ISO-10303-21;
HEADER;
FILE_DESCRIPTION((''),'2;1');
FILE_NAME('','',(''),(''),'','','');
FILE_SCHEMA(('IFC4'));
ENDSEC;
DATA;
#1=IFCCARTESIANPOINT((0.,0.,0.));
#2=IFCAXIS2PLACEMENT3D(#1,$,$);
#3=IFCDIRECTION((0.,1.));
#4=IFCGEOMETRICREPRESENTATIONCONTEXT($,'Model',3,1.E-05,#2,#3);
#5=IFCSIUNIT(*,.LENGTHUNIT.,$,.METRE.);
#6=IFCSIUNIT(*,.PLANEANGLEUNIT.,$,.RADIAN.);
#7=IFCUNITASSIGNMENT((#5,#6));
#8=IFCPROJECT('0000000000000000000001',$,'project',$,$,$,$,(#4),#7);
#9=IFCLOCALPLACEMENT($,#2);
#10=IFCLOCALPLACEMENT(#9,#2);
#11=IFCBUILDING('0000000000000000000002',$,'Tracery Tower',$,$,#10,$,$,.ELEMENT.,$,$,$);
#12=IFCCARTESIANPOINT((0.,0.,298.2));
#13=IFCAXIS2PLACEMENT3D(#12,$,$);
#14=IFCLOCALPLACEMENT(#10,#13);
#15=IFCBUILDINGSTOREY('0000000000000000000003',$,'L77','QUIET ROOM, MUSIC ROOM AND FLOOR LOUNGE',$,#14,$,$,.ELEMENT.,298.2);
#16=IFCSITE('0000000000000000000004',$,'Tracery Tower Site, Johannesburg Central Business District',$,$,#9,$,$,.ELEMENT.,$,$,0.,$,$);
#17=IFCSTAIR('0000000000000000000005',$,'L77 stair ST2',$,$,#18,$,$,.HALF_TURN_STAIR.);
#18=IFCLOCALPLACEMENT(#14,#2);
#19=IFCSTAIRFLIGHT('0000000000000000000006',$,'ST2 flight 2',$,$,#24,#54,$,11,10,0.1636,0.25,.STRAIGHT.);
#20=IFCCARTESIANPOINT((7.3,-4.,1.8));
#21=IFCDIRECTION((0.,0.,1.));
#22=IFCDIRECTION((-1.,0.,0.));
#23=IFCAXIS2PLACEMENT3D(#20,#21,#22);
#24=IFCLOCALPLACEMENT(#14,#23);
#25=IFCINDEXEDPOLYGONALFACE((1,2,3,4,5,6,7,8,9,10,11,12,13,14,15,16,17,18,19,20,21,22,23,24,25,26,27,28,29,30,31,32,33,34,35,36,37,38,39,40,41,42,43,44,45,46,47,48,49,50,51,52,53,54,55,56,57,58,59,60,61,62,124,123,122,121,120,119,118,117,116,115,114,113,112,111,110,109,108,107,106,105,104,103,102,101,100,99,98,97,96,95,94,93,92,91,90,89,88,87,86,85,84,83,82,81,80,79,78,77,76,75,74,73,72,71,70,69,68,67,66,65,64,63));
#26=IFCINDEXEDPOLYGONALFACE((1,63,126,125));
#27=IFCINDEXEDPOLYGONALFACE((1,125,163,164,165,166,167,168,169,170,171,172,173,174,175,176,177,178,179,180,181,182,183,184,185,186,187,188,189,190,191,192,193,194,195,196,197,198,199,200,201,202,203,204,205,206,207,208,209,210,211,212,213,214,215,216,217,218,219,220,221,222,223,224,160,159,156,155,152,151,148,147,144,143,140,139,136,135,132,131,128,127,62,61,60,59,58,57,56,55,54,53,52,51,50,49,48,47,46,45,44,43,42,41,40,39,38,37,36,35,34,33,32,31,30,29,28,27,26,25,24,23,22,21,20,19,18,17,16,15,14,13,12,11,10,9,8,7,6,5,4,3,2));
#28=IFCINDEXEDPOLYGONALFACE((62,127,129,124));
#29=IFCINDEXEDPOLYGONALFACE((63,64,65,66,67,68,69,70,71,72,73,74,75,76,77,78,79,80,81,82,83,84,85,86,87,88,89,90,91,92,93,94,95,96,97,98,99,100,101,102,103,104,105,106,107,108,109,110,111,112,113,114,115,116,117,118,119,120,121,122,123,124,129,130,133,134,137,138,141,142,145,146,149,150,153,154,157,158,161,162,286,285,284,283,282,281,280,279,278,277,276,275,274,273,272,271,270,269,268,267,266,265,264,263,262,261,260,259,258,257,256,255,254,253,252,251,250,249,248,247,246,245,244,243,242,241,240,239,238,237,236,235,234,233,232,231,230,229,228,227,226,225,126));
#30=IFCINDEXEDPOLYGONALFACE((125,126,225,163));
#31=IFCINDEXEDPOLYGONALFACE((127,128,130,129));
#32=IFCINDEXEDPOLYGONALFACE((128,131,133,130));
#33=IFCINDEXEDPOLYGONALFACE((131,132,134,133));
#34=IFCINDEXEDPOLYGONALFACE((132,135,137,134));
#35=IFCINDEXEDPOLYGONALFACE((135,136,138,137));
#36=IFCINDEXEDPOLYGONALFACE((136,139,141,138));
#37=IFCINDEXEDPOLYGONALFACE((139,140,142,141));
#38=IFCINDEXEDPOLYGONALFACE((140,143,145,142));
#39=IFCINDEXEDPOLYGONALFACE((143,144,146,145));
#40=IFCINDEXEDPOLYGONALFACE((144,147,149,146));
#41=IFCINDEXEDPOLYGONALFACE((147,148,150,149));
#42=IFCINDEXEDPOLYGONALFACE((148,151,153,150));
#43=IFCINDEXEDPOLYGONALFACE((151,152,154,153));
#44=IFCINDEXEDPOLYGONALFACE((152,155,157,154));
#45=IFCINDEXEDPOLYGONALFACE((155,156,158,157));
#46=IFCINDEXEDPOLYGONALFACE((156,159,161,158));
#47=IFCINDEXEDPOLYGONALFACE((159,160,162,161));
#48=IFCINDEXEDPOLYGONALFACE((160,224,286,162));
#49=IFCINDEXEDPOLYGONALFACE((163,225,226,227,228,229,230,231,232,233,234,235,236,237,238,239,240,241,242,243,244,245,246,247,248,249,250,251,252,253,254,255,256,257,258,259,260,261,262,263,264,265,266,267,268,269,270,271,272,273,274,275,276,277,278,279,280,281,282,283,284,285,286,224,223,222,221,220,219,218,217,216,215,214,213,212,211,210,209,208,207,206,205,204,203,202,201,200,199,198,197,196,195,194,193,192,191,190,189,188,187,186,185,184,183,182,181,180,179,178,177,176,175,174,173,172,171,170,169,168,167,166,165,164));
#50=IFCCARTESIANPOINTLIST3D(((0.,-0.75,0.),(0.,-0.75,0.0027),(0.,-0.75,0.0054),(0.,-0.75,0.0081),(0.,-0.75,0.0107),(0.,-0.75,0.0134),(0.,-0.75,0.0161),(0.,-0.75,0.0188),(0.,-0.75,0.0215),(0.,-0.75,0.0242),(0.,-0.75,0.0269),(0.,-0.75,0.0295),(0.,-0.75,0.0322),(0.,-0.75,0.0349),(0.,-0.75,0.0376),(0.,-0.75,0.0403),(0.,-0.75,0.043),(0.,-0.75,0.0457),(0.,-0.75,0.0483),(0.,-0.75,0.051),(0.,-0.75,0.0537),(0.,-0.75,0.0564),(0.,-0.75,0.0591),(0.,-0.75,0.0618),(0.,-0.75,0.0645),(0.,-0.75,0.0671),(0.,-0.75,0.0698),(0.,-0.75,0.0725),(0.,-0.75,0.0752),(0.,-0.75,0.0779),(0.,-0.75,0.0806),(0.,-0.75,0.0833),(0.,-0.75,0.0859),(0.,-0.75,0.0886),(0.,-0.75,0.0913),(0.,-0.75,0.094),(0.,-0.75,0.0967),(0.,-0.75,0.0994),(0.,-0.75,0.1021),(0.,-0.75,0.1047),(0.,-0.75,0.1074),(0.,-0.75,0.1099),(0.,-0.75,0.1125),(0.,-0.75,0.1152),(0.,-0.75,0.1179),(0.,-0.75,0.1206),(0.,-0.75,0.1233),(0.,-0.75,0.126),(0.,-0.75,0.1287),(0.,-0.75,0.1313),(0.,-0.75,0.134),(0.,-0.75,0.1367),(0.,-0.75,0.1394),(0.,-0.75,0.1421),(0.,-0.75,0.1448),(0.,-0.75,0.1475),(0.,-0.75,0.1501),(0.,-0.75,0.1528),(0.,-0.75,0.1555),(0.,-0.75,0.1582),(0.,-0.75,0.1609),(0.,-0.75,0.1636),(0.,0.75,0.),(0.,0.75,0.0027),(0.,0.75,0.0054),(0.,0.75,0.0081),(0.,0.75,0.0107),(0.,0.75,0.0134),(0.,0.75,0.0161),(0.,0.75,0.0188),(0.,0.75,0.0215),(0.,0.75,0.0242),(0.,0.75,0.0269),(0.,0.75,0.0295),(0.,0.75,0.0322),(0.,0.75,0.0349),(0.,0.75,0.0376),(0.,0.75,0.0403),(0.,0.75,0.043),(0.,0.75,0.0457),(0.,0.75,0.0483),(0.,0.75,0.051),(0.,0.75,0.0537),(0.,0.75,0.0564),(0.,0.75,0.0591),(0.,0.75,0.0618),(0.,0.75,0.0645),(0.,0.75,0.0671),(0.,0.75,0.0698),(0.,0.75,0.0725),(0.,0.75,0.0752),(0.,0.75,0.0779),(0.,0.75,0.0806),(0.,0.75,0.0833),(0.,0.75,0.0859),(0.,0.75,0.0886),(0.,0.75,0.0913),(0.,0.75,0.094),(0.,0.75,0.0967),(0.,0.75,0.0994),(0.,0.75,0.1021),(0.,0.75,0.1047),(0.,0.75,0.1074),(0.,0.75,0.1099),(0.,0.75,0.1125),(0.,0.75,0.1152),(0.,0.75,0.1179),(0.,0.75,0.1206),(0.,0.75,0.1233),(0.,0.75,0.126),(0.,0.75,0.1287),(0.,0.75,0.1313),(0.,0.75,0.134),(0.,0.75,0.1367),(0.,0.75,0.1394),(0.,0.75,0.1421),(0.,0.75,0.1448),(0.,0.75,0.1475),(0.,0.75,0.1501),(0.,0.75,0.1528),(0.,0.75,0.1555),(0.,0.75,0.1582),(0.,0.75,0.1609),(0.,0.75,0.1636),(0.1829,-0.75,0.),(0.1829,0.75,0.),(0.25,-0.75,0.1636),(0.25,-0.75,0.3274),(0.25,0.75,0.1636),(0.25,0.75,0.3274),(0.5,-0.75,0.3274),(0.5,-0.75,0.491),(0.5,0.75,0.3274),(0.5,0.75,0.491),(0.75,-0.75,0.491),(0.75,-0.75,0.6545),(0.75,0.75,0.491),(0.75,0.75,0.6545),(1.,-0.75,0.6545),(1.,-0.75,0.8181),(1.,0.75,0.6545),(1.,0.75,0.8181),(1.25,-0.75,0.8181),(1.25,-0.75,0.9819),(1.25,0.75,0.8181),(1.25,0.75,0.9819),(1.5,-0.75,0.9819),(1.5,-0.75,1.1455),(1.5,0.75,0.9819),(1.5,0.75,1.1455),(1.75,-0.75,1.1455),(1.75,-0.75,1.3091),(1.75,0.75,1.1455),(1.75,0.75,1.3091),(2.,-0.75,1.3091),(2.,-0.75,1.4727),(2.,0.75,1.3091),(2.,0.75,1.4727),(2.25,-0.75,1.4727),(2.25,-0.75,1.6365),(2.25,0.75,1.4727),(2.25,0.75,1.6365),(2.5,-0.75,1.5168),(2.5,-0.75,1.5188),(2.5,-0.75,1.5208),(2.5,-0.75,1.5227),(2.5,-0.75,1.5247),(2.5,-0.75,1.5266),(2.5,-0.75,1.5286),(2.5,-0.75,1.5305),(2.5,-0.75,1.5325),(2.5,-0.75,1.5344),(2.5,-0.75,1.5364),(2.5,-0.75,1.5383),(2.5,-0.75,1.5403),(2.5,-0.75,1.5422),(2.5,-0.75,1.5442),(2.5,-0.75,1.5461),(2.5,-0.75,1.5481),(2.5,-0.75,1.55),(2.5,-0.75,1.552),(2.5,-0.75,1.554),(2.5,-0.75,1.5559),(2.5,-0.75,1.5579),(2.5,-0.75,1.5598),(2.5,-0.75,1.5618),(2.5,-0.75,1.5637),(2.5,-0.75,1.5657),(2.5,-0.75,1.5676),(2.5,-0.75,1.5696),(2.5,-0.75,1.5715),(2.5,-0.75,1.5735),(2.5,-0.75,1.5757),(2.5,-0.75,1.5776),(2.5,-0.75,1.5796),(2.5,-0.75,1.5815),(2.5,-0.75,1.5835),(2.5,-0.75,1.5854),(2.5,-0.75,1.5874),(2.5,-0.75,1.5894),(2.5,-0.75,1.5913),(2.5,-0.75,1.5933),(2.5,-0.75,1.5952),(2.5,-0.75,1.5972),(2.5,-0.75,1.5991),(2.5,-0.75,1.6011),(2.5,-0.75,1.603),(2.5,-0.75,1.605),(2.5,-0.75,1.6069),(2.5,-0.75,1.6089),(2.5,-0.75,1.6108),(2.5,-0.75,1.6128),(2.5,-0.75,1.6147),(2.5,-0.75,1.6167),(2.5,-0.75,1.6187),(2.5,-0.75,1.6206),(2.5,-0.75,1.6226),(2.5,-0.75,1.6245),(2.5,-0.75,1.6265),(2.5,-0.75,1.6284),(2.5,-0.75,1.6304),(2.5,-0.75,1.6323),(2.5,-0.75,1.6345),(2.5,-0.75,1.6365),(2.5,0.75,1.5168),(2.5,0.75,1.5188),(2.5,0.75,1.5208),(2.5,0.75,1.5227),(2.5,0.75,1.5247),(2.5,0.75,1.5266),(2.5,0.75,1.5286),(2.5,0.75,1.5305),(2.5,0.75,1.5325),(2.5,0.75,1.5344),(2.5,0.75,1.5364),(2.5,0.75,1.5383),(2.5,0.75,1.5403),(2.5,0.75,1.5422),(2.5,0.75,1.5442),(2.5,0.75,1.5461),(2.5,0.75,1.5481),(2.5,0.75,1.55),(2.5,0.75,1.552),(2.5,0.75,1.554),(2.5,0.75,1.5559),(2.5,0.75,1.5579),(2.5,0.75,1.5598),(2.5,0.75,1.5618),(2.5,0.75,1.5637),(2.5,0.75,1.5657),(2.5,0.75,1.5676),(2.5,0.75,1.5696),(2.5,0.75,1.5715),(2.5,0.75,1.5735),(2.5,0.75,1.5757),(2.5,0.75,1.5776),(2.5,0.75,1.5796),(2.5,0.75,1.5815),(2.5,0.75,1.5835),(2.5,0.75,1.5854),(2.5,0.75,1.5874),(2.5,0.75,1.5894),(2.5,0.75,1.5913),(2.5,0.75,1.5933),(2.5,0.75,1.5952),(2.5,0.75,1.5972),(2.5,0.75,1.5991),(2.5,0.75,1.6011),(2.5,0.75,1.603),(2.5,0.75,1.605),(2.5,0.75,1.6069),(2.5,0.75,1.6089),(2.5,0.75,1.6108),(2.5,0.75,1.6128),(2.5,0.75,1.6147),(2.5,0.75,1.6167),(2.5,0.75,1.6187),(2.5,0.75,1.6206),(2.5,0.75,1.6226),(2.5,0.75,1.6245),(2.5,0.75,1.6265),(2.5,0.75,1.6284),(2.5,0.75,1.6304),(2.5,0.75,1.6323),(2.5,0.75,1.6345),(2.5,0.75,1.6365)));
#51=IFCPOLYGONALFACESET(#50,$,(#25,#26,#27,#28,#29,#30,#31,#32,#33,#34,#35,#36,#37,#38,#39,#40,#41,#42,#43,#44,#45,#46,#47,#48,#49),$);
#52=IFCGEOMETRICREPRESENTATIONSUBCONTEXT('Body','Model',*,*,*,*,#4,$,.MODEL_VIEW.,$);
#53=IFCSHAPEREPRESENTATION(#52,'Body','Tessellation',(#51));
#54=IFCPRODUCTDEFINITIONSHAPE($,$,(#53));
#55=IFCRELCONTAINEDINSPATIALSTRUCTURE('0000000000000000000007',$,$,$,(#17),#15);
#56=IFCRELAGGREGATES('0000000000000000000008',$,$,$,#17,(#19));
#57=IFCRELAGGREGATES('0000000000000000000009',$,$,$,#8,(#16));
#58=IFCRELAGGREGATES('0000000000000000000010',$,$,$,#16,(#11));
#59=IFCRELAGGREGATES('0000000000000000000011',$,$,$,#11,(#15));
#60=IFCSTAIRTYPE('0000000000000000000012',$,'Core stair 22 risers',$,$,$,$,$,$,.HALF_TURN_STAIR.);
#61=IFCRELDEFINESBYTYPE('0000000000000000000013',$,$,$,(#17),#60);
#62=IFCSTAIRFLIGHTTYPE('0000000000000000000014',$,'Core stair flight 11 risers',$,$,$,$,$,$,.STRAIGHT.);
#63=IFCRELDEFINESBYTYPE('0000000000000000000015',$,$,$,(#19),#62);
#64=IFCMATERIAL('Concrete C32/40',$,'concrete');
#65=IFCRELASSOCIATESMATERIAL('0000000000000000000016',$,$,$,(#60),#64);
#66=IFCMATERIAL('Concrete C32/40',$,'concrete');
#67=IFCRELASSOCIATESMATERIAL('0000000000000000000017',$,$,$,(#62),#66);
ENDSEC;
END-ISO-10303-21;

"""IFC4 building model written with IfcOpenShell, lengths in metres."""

from ifc_helpers import new_model, si_unit, direction, frame, origin, place, context, subcontext, project, spatial, polyline, outline, extrude, material, type_object, element, aggregate, save


model = new_model("IFC4")

# Units and contexts
model_context = context("Model", 3, precision=1e-05, world=origin(), true_north=direction((0.0, 1.0)))
body_context = subcontext(model_context, "Body", "Model", "MODEL_VIEW")
ifc_project = project(units=[si_unit("LENGTHUNIT", "METRE"), si_unit("PLANEANGLEUNIT", "RADIAN")], contexts=[model_context])

# Site, building, storey
site_placement = place(None, origin())
site = spatial("IfcSite", under=ifc_project, at=site_placement, Name="Tracery Tower Site, Johannesburg Central Business District", CompositionType="ELEMENT", RefElevation=0.0)
building_placement = place(site_placement, origin())
building = spatial("IfcBuilding", under=site, at=building_placement, Name="Tracery Tower", CompositionType="ELEMENT")
storey_placement = place(building_placement, frame((0.0, 0.0, 298.2)))
storey = spatial("IfcBuildingStorey", under=building, at=storey_placement, Name="L77", Description="QUIET ROOM, MUSIC ROOM AND FLOOR LOUNGE", CompositionType="ELEMENT", Elevation=298.2)

# Stair, stair flight
ifc_material_1 = material(Name="Concrete C32/40", Category="concrete")
stair_type = type_object("IfcStairType", Name="Core stair 22 risers", PredefinedType="HALF_TURN_STAIR", material=ifc_material_1)
stair_placement = place(storey_placement, origin())
stair = element("IfcStair", 1, at=stair_placement, inside=storey, type_object=stair_type, Name="L77 stair ST2", PredefinedType="HALF_TURN_STAIR")
ifc_material_2 = material(Name="Concrete C32/40", Category="concrete")
stair_flight_type = type_object("IfcStairFlightType", Name="Core stair flight 11 risers", PredefinedType="STRAIGHT", material=ifc_material_2)
stair_flight_placement = place(storey_placement, frame((7.3, -4.0, 1.8), z_axis=(0.0, 0.0, 1.0), x_axis=(-1.0, 0.0, 0.0)))
stair_flight = element("IfcStairFlight", 2, at=stair_flight_placement, type_object=stair_flight_type, Name="ST2 flight 2", NumberOfRisers=11, NumberOfTreads=10, PredefinedType="STRAIGHT", RiserHeight=0.1636, TreadLength=0.25, context=body_context, shape_type="SweptSolid", body=[
    extrude(outline(polyline([(0.0, 0.0), (0.0, 0.0027), (0.0, 0.0054), (0.0, 0.0081), (0.0, 0.0107), (0.0, 0.0134), (0.0, 0.0161), (0.0, 0.0188), (0.0, 0.0215), (0.0, 0.0242), (0.0, 0.0269), (0.0, 0.0295), (0.0, 0.0322), (0.0, 0.0349), (0.0, 0.0376), (0.0, 0.0403), (0.0, 0.043), (0.0, 0.0457), (0.0, 0.0483), (0.0, 0.051), (0.0, 0.0537), (0.0, 0.0564), (0.0, 0.0591), (0.0, 0.0618), (0.0, 0.0645), (0.0, 0.0671), (0.0, 0.0698), (0.0, 0.0725), (0.0, 0.0752), (0.0, 0.0779), (0.0, 0.0806), (0.0, 0.0833), (0.0, 0.0859), (0.0, 0.0886), (0.0, 0.0913), (0.0, 0.094), (0.0, 0.0967), (0.0, 0.0994), (0.0, 0.1021), (0.0, 0.1047), (0.0, 0.1074), (0.0, 0.1099), (0.0, 0.1125), (0.0, 0.1152), (0.0, 0.1179), (0.0, 0.1206), (0.0, 0.1233), (0.0, 0.126), (0.0, 0.1287), (0.0, 0.1313), (0.0, 0.134), (0.0, 0.1367), (0.0, 0.1394), (0.0, 0.1421), (0.0, 0.1448), (0.0, 0.1475), (0.0, 0.1501), (0.0, 0.1528), (0.0, 0.1555), (0.0, 0.1582), (0.0, 0.1609), (0.0, 0.1636), (0.25, 0.1636), (0.25, 0.3274), (0.5, 0.3274), (0.5, 0.491), (0.75, 0.491), (0.75, 0.6545), (1.0, 0.6545), (1.0, 0.8181), (1.25, 0.8181), (1.25, 0.9819), (1.5, 0.9819), (1.5, 1.1455), (1.75, 1.1455), (1.75, 1.3091), (2.0, 1.3091), (2.0, 1.4727), (2.25, 1.4727), (2.25, 1.6365), (2.5, 1.6365), (2.5, 1.6345), (2.5, 1.6323), (2.5, 1.6304), (2.5, 1.6284), (2.5, 1.6265), (2.5, 1.6245), (2.5, 1.6226), (2.5, 1.6206), (2.5, 1.6187), (2.5, 1.6167), (2.5, 1.6147), (2.5, 1.6128), (2.5, 1.6108), (2.5, 1.6089), (2.5, 1.6069), (2.5, 1.605), (2.5, 1.603), (2.5, 1.6011), (2.5, 1.5991), (2.5, 1.5972), (2.5, 1.5952), (2.5, 1.5933), (2.5, 1.5913), (2.5, 1.5894), (2.5, 1.5874), (2.5, 1.5854), (2.5, 1.5835), (2.5, 1.5815), (2.5, 1.5796), (2.5, 1.5776), (2.5, 1.5757), (2.5, 1.5735), (2.5, 1.5715), (2.5, 1.5696), (2.5, 1.5676), (2.5, 1.5657), (2.5, 1.5637), (2.5, 1.5618), (2.5, 1.5598), (2.5, 1.5579), (2.5, 1.5559), (2.5, 1.554), (2.5, 1.552), (2.5, 1.55), (2.5, 1.5481), (2.5, 1.5461), (2.5, 1.5442), (2.5, 1.5422), (2.5, 1.5403), (2.5, 1.5383), (2.5, 1.5364), (2.5, 1.5344), (2.5, 1.5325), (2.5, 1.5305), (2.5, 1.5286), (2.5, 1.5266), (2.5, 1.5247), (2.5, 1.5227), (2.5, 1.5208), (2.5, 1.5188), (2.5, 1.5168), (0.1829, 0.0), (0.0, 0.0)])), frame((0.0, 0.75, 0.0), z_axis=(0.0, -1.0, 0.0), x_axis=(1.0, 0.0, 0.0)), (0.0, 0.0, 1.0), 1.5),
])
aggregate(stair, [stair_flight])

save(model, "model.ifc")
